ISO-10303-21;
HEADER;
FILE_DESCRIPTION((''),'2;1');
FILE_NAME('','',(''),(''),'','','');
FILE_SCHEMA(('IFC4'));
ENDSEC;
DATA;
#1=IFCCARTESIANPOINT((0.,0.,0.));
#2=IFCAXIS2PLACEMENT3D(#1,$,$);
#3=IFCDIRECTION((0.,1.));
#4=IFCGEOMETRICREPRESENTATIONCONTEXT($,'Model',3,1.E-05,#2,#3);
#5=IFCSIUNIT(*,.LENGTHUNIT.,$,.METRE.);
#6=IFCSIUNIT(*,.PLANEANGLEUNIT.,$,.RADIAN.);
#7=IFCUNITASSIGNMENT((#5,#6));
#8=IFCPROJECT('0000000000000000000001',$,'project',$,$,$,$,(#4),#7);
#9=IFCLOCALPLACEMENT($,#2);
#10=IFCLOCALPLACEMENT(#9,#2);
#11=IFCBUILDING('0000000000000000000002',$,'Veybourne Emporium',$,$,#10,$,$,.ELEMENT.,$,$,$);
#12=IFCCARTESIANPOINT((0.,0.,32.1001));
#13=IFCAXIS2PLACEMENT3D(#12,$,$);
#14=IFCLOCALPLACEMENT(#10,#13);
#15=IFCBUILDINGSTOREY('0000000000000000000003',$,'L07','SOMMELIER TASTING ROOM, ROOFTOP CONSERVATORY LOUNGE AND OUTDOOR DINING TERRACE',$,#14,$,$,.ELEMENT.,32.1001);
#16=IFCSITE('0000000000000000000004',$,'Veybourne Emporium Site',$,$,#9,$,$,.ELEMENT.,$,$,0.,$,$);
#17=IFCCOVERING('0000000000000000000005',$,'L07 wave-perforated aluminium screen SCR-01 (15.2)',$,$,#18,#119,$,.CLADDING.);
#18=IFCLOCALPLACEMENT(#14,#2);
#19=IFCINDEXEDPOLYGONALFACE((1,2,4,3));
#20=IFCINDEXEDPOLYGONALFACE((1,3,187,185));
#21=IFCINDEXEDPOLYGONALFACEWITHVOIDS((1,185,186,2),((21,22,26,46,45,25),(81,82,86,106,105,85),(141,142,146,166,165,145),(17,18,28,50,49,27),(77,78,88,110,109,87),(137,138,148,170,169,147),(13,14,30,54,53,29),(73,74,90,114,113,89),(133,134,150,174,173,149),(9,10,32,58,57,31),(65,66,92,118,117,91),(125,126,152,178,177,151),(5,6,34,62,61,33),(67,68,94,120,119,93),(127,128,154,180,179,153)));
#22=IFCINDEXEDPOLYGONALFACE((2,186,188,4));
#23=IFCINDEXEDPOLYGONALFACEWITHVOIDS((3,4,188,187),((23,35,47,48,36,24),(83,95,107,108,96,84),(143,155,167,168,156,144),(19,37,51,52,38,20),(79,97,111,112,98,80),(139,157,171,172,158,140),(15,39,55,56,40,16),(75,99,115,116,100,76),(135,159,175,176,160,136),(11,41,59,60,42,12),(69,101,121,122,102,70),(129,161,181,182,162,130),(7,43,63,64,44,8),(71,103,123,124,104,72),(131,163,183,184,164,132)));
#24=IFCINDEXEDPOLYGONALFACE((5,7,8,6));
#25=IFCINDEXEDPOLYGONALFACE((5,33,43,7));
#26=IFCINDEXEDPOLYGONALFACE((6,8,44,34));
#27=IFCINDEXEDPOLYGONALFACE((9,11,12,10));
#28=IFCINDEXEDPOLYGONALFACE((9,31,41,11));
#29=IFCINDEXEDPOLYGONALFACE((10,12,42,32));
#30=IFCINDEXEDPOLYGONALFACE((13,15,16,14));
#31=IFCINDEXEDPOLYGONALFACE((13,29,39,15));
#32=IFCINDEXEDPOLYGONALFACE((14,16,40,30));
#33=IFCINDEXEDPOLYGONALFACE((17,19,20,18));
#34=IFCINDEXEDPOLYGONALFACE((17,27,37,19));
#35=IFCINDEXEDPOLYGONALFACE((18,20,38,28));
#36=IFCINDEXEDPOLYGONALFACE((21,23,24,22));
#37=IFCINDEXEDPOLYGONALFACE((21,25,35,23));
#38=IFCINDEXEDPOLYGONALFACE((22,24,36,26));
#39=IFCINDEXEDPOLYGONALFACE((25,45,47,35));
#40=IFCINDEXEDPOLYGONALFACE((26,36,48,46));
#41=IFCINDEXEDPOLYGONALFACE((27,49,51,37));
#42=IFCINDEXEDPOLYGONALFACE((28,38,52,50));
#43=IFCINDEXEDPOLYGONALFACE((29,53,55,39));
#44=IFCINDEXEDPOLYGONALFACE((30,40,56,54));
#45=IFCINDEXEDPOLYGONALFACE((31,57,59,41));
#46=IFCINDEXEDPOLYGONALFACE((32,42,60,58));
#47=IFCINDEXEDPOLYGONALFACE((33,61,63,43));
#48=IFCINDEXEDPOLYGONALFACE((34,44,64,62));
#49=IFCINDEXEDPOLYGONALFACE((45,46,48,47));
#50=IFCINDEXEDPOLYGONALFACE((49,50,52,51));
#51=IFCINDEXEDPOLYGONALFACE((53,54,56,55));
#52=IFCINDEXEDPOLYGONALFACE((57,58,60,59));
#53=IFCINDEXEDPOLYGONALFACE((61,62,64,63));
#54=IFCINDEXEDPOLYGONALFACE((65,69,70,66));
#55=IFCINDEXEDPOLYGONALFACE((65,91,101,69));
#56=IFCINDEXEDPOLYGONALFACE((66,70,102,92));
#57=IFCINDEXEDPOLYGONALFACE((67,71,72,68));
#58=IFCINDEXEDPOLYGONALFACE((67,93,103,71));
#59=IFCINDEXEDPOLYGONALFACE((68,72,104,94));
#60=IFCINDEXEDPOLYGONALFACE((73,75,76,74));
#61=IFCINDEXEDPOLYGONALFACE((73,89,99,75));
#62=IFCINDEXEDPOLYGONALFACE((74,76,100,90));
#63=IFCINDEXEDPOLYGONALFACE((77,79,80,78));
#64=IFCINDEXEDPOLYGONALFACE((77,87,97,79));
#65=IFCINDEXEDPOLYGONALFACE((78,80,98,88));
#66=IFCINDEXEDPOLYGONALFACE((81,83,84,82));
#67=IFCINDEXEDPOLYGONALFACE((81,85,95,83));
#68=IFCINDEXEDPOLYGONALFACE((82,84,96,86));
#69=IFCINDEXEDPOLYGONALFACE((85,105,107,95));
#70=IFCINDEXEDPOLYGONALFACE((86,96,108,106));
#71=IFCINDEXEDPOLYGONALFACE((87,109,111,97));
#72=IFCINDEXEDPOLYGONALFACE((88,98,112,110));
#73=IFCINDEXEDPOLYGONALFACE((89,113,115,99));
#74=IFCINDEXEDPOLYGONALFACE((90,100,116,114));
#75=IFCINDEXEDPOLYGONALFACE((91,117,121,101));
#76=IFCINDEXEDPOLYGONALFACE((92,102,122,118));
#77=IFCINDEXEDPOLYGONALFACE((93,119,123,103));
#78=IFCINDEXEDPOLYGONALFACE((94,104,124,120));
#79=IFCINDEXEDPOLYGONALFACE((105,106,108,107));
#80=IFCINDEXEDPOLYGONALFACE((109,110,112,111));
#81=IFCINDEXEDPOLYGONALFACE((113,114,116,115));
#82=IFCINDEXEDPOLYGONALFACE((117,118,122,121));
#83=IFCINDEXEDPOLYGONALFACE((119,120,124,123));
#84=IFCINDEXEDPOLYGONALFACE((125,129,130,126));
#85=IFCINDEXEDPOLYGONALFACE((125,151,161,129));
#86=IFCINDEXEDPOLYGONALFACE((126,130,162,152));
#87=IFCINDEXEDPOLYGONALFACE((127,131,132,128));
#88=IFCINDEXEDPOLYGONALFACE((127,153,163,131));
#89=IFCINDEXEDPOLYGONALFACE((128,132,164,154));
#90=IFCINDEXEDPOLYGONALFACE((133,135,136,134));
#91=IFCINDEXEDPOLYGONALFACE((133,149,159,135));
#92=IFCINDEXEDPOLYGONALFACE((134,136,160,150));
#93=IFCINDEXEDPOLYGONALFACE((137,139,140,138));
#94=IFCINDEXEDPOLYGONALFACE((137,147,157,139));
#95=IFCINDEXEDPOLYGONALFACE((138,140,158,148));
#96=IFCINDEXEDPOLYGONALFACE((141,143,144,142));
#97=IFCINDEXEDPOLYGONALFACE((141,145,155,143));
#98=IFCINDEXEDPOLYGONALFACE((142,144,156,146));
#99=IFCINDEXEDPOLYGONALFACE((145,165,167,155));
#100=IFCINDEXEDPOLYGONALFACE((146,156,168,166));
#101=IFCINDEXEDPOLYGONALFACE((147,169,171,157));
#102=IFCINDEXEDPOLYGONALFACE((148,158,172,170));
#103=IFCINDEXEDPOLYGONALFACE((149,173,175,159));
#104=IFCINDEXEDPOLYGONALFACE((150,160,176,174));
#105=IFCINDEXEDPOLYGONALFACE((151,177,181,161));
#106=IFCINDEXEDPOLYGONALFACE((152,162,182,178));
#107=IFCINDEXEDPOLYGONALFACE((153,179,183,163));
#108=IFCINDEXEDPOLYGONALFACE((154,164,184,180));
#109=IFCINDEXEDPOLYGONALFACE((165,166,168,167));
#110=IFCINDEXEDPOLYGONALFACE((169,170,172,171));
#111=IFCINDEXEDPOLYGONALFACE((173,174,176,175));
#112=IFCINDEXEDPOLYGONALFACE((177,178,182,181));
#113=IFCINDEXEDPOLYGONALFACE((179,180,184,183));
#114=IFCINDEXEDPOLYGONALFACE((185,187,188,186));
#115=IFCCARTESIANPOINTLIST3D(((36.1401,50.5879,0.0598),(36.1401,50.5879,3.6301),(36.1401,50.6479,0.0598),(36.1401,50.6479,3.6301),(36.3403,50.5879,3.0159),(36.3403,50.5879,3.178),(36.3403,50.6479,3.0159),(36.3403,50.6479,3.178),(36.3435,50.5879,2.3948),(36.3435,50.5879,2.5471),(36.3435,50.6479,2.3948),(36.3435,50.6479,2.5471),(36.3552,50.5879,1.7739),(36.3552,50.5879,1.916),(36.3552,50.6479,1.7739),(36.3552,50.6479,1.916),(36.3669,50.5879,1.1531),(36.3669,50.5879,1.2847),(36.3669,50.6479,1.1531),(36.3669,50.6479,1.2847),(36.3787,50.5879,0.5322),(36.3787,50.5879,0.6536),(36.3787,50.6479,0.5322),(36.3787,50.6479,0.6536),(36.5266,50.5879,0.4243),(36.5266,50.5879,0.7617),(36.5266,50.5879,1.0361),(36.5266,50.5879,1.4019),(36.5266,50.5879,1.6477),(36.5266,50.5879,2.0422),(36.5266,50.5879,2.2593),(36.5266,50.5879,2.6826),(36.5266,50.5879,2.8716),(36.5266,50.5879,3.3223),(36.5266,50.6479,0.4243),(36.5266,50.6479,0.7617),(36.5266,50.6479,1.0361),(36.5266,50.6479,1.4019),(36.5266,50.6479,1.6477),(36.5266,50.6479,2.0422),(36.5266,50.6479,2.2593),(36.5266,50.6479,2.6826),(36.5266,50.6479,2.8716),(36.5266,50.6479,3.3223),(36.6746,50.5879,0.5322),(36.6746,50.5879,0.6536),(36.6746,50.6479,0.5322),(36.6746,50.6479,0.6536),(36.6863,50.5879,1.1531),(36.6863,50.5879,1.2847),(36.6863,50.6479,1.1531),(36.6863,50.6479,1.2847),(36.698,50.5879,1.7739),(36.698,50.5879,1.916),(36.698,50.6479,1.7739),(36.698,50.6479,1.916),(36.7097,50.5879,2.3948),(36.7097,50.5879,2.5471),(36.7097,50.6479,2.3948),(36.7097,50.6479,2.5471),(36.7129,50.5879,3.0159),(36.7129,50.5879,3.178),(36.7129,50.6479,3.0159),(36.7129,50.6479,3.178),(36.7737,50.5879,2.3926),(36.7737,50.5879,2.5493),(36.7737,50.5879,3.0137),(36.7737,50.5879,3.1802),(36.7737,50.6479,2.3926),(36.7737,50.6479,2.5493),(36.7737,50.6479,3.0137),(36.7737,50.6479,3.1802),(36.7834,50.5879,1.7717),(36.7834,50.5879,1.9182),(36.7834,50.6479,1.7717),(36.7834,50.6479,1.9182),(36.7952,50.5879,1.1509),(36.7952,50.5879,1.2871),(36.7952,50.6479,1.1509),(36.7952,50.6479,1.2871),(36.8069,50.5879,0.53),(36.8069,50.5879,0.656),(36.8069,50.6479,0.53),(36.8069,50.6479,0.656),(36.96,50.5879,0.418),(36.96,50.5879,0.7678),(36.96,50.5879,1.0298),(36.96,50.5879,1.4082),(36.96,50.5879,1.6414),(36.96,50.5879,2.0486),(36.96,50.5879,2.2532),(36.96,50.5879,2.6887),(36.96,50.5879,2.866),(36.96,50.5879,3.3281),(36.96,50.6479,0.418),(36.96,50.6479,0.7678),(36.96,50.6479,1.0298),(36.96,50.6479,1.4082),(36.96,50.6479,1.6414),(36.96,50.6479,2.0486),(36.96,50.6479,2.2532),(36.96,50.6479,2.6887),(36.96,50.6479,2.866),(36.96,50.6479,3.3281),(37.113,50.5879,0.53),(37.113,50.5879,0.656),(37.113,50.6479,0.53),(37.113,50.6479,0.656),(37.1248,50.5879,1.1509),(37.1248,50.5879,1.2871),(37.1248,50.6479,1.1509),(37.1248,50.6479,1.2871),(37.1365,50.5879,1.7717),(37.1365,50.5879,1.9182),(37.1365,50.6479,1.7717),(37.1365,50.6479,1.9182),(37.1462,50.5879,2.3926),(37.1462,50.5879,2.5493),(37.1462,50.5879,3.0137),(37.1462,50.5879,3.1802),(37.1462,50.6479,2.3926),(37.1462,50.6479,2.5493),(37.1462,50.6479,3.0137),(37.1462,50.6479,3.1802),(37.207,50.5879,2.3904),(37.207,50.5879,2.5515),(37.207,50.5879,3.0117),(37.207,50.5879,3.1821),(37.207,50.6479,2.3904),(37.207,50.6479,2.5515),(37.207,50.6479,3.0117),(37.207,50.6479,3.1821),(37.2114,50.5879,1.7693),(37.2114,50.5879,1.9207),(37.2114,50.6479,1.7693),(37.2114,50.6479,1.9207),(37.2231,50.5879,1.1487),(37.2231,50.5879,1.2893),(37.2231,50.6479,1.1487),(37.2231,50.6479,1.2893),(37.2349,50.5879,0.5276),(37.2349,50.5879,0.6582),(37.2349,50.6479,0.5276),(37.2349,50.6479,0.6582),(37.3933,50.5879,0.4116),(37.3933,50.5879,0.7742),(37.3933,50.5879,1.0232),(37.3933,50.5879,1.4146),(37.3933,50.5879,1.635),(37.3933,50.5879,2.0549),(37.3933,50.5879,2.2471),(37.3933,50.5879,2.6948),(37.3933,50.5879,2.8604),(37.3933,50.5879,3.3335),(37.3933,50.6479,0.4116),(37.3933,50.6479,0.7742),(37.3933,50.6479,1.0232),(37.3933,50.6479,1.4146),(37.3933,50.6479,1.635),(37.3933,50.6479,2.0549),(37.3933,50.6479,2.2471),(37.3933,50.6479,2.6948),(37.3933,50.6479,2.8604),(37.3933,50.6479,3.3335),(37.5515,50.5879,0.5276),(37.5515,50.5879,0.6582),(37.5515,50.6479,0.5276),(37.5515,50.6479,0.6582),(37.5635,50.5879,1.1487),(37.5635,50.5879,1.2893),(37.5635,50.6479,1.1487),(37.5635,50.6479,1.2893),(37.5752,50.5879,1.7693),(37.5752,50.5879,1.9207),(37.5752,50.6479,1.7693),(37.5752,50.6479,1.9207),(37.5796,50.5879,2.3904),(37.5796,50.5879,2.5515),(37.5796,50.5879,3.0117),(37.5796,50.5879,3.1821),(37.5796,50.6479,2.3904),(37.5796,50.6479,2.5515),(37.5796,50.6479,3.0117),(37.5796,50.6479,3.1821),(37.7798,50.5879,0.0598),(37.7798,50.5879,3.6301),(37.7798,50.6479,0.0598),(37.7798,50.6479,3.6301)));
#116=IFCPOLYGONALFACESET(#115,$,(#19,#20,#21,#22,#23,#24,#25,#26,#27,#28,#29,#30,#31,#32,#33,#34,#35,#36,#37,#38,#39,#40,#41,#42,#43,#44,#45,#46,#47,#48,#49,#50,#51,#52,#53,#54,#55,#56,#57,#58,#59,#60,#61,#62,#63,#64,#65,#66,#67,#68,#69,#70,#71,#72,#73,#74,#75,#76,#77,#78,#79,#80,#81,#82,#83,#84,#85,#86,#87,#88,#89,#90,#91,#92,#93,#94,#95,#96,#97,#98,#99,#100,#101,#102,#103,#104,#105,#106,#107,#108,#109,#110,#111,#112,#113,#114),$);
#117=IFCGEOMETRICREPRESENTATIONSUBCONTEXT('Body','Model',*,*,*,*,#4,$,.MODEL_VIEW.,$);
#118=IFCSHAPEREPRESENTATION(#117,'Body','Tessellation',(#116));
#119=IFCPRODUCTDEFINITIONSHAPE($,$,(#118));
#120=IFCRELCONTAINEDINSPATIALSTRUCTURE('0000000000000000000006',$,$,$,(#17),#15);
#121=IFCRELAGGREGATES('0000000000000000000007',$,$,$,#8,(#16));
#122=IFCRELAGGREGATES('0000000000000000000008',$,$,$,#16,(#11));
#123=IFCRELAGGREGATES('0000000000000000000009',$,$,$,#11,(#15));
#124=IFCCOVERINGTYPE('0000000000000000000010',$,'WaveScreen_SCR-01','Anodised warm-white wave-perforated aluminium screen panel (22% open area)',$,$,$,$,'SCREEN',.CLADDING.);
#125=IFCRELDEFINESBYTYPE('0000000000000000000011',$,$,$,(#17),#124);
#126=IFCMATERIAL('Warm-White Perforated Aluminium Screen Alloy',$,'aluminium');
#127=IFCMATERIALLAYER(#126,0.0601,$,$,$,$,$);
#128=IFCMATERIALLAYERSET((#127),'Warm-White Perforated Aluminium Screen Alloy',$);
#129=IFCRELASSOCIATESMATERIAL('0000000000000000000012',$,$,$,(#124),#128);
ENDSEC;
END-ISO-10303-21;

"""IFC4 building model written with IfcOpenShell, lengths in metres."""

from ifc_helpers import new_model, si_unit, direction, frame, origin, place, context, subcontext, project, spatial, polyline, outline, extrude, material, layer, layer_set, type_object, element, save


model = new_model("IFC4")

# Units and contexts
model_context = context("Model", 3, precision=1e-05, world=origin(), true_north=direction((0.0, 1.0)))
body_context = subcontext(model_context, "Body", "Model", "MODEL_VIEW")
ifc_project = project(units=[si_unit("LENGTHUNIT", "METRE"), si_unit("PLANEANGLEUNIT", "RADIAN")], contexts=[model_context])

# Site, building, storey
site_placement = place(None, origin())
site = spatial("IfcSite", under=ifc_project, at=site_placement, Name="Veybourne Emporium Site", CompositionType="ELEMENT", RefElevation=0.0)
building_placement = place(site_placement, origin())
building = spatial("IfcBuilding", under=site, at=building_placement, Name="Veybourne Emporium", CompositionType="ELEMENT")
storey_placement = place(building_placement, frame((0.0, 0.0, 32.1001)))
storey = spatial("IfcBuildingStorey", under=building, at=storey_placement, Name="L07", Description="SOMMELIER TASTING ROOM, ROOFTOP CONSERVATORY LOUNGE AND OUTDOOR DINING TERRACE", CompositionType="ELEMENT", Elevation=32.1001)

# Covering
ifc_material_1 = material(Name="Warm-White Perforated Aluminium Screen Alloy", Category="aluminium")
ifc_layer_1 = layer(ifc_material_1, 0.0601)
ifc_layer_set_1 = layer_set([ifc_layer_1], Name="Warm-White Perforated Aluminium Screen Alloy")
covering_type_1 = type_object("IfcCoveringType", Name="WaveScreen_SCR-01", Description="Anodised warm-white wave-perforated aluminium screen panel (22% open area)", ElementType="SCREEN", PredefinedType="CLADDING", material=ifc_layer_set_1)
covering_1_placement = place(storey_placement, frame((36.96, 50.6479, 1.845), z_axis=(0.0, -1.0, 0.0), x_axis=(1.0, 0.0, 0.0)))
element("IfcCovering", 1, at=covering_1_placement, inside=storey, type_object=covering_type_1, Name="L07 wave-perforated aluminium screen SCR-01 (15.2)", PredefinedType="CLADDING", context=body_context, shape_type="SweptSolid", body=[
    extrude(outline(polyline([(-0.8198, -1.7852), (0.8198, -1.7852), (0.8198, 1.7852), (-0.8198, 1.7852), (-0.8198, -1.7852)]), holes=[polyline([(-0.4333, -1.0833), (-0.2854, -1.1914), (-0.2854, -1.3127), (-0.4333, -1.4207), (-0.5813, -1.3127), (-0.5813, -1.1914), (-0.4333, -1.0833)]), polyline([(-0.4333, -0.4431), (-0.2737, -0.5603), (-0.2737, -0.6919), (-0.4333, -0.8088), (-0.593, -0.6919), (-0.593, -0.5603), (-0.4333, -0.4431)]), polyline([(-0.4333, 0.1973), (-0.262, 0.071), (-0.262, -0.071), (-0.4333, -0.1973), (-0.6047, -0.071), (-0.6047, 0.071), (-0.4333, 0.1973)]), polyline([(-0.4333, 0.8376), (-0.2502, 0.7021), (-0.2502, 0.5498), (-0.4333, 0.4143), (-0.6165, 0.5498), (-0.6165, 0.7021), (-0.4333, 0.8376)]), polyline([(-0.4333, 1.4773), (-0.2471, 1.333), (-0.2471, 1.1709), (-0.4333, 1.0266), (-0.6196, 1.1709), (-0.6196, 1.333), (-0.4333, 1.4773)]), polyline([(0.0, -1.0771), (0.1531, -1.189), (0.1531, -1.3149), (0.0, -1.427), (-0.1531, -1.3149), (-0.1531, -1.189), (0.0, -1.0771)]), polyline([(0.0, -0.4368), (0.1648, -0.5579), (0.1648, -0.6941), (0.0, -0.8152), (-0.1648, -0.6941), (-0.1648, -0.5579), (0.0, -0.4368)]), polyline([(0.0, 0.2036), (0.1765, 0.0732), (0.1765, -0.0732), (0.0, -0.2036), (-0.1765, -0.0732), (-0.1765, 0.0732), (0.0, 0.2036)]), polyline([(0.0, 0.8438), (0.1863, 0.7043), (0.1863, 0.5476), (0.0, 0.4082), (-0.1863, 0.5476), (-0.1863, 0.7043), (0.0, 0.8438)]), polyline([(0.0, 1.4832), (0.1863, 1.3352), (0.1863, 1.1687), (0.0, 1.021), (-0.1863, 1.1687), (-0.1863, 1.3352), (0.0, 1.4832)]), polyline([(0.4333, -1.0708), (0.5916, -1.1868), (0.5916, -1.3174), (0.4333, -1.4333), (0.2749, -1.3174), (0.2749, -1.1868), (0.4333, -1.0708)]), polyline([(0.4333, -0.4304), (0.6035, -0.5557), (0.6035, -0.6963), (0.4333, -0.8218), (0.2632, -0.6963), (0.2632, -0.5557), (0.4333, -0.4304)]), polyline([(0.4333, 0.21), (0.6152, 0.0757), (0.6152, -0.0757), (0.4333, -0.21), (0.2515, -0.0757), (0.2515, 0.0757), (0.4333, 0.21)]), polyline([(0.4333, 0.8499), (0.6196, 0.7065), (0.6196, 0.5454), (0.4333, 0.4021), (0.2471, 0.5454), (0.2471, 0.7065), (0.4333, 0.8499)]), polyline([(0.4333, 1.4885), (0.6196, 1.3372), (0.6196, 1.1667), (0.4333, 1.0154), (0.2471, 1.1667), (0.2471, 1.3372), (0.4333, 1.4885)])]), origin(), (0.0, 0.0, 1.0), 0.0601),
])

save(model, "model.ifc")
